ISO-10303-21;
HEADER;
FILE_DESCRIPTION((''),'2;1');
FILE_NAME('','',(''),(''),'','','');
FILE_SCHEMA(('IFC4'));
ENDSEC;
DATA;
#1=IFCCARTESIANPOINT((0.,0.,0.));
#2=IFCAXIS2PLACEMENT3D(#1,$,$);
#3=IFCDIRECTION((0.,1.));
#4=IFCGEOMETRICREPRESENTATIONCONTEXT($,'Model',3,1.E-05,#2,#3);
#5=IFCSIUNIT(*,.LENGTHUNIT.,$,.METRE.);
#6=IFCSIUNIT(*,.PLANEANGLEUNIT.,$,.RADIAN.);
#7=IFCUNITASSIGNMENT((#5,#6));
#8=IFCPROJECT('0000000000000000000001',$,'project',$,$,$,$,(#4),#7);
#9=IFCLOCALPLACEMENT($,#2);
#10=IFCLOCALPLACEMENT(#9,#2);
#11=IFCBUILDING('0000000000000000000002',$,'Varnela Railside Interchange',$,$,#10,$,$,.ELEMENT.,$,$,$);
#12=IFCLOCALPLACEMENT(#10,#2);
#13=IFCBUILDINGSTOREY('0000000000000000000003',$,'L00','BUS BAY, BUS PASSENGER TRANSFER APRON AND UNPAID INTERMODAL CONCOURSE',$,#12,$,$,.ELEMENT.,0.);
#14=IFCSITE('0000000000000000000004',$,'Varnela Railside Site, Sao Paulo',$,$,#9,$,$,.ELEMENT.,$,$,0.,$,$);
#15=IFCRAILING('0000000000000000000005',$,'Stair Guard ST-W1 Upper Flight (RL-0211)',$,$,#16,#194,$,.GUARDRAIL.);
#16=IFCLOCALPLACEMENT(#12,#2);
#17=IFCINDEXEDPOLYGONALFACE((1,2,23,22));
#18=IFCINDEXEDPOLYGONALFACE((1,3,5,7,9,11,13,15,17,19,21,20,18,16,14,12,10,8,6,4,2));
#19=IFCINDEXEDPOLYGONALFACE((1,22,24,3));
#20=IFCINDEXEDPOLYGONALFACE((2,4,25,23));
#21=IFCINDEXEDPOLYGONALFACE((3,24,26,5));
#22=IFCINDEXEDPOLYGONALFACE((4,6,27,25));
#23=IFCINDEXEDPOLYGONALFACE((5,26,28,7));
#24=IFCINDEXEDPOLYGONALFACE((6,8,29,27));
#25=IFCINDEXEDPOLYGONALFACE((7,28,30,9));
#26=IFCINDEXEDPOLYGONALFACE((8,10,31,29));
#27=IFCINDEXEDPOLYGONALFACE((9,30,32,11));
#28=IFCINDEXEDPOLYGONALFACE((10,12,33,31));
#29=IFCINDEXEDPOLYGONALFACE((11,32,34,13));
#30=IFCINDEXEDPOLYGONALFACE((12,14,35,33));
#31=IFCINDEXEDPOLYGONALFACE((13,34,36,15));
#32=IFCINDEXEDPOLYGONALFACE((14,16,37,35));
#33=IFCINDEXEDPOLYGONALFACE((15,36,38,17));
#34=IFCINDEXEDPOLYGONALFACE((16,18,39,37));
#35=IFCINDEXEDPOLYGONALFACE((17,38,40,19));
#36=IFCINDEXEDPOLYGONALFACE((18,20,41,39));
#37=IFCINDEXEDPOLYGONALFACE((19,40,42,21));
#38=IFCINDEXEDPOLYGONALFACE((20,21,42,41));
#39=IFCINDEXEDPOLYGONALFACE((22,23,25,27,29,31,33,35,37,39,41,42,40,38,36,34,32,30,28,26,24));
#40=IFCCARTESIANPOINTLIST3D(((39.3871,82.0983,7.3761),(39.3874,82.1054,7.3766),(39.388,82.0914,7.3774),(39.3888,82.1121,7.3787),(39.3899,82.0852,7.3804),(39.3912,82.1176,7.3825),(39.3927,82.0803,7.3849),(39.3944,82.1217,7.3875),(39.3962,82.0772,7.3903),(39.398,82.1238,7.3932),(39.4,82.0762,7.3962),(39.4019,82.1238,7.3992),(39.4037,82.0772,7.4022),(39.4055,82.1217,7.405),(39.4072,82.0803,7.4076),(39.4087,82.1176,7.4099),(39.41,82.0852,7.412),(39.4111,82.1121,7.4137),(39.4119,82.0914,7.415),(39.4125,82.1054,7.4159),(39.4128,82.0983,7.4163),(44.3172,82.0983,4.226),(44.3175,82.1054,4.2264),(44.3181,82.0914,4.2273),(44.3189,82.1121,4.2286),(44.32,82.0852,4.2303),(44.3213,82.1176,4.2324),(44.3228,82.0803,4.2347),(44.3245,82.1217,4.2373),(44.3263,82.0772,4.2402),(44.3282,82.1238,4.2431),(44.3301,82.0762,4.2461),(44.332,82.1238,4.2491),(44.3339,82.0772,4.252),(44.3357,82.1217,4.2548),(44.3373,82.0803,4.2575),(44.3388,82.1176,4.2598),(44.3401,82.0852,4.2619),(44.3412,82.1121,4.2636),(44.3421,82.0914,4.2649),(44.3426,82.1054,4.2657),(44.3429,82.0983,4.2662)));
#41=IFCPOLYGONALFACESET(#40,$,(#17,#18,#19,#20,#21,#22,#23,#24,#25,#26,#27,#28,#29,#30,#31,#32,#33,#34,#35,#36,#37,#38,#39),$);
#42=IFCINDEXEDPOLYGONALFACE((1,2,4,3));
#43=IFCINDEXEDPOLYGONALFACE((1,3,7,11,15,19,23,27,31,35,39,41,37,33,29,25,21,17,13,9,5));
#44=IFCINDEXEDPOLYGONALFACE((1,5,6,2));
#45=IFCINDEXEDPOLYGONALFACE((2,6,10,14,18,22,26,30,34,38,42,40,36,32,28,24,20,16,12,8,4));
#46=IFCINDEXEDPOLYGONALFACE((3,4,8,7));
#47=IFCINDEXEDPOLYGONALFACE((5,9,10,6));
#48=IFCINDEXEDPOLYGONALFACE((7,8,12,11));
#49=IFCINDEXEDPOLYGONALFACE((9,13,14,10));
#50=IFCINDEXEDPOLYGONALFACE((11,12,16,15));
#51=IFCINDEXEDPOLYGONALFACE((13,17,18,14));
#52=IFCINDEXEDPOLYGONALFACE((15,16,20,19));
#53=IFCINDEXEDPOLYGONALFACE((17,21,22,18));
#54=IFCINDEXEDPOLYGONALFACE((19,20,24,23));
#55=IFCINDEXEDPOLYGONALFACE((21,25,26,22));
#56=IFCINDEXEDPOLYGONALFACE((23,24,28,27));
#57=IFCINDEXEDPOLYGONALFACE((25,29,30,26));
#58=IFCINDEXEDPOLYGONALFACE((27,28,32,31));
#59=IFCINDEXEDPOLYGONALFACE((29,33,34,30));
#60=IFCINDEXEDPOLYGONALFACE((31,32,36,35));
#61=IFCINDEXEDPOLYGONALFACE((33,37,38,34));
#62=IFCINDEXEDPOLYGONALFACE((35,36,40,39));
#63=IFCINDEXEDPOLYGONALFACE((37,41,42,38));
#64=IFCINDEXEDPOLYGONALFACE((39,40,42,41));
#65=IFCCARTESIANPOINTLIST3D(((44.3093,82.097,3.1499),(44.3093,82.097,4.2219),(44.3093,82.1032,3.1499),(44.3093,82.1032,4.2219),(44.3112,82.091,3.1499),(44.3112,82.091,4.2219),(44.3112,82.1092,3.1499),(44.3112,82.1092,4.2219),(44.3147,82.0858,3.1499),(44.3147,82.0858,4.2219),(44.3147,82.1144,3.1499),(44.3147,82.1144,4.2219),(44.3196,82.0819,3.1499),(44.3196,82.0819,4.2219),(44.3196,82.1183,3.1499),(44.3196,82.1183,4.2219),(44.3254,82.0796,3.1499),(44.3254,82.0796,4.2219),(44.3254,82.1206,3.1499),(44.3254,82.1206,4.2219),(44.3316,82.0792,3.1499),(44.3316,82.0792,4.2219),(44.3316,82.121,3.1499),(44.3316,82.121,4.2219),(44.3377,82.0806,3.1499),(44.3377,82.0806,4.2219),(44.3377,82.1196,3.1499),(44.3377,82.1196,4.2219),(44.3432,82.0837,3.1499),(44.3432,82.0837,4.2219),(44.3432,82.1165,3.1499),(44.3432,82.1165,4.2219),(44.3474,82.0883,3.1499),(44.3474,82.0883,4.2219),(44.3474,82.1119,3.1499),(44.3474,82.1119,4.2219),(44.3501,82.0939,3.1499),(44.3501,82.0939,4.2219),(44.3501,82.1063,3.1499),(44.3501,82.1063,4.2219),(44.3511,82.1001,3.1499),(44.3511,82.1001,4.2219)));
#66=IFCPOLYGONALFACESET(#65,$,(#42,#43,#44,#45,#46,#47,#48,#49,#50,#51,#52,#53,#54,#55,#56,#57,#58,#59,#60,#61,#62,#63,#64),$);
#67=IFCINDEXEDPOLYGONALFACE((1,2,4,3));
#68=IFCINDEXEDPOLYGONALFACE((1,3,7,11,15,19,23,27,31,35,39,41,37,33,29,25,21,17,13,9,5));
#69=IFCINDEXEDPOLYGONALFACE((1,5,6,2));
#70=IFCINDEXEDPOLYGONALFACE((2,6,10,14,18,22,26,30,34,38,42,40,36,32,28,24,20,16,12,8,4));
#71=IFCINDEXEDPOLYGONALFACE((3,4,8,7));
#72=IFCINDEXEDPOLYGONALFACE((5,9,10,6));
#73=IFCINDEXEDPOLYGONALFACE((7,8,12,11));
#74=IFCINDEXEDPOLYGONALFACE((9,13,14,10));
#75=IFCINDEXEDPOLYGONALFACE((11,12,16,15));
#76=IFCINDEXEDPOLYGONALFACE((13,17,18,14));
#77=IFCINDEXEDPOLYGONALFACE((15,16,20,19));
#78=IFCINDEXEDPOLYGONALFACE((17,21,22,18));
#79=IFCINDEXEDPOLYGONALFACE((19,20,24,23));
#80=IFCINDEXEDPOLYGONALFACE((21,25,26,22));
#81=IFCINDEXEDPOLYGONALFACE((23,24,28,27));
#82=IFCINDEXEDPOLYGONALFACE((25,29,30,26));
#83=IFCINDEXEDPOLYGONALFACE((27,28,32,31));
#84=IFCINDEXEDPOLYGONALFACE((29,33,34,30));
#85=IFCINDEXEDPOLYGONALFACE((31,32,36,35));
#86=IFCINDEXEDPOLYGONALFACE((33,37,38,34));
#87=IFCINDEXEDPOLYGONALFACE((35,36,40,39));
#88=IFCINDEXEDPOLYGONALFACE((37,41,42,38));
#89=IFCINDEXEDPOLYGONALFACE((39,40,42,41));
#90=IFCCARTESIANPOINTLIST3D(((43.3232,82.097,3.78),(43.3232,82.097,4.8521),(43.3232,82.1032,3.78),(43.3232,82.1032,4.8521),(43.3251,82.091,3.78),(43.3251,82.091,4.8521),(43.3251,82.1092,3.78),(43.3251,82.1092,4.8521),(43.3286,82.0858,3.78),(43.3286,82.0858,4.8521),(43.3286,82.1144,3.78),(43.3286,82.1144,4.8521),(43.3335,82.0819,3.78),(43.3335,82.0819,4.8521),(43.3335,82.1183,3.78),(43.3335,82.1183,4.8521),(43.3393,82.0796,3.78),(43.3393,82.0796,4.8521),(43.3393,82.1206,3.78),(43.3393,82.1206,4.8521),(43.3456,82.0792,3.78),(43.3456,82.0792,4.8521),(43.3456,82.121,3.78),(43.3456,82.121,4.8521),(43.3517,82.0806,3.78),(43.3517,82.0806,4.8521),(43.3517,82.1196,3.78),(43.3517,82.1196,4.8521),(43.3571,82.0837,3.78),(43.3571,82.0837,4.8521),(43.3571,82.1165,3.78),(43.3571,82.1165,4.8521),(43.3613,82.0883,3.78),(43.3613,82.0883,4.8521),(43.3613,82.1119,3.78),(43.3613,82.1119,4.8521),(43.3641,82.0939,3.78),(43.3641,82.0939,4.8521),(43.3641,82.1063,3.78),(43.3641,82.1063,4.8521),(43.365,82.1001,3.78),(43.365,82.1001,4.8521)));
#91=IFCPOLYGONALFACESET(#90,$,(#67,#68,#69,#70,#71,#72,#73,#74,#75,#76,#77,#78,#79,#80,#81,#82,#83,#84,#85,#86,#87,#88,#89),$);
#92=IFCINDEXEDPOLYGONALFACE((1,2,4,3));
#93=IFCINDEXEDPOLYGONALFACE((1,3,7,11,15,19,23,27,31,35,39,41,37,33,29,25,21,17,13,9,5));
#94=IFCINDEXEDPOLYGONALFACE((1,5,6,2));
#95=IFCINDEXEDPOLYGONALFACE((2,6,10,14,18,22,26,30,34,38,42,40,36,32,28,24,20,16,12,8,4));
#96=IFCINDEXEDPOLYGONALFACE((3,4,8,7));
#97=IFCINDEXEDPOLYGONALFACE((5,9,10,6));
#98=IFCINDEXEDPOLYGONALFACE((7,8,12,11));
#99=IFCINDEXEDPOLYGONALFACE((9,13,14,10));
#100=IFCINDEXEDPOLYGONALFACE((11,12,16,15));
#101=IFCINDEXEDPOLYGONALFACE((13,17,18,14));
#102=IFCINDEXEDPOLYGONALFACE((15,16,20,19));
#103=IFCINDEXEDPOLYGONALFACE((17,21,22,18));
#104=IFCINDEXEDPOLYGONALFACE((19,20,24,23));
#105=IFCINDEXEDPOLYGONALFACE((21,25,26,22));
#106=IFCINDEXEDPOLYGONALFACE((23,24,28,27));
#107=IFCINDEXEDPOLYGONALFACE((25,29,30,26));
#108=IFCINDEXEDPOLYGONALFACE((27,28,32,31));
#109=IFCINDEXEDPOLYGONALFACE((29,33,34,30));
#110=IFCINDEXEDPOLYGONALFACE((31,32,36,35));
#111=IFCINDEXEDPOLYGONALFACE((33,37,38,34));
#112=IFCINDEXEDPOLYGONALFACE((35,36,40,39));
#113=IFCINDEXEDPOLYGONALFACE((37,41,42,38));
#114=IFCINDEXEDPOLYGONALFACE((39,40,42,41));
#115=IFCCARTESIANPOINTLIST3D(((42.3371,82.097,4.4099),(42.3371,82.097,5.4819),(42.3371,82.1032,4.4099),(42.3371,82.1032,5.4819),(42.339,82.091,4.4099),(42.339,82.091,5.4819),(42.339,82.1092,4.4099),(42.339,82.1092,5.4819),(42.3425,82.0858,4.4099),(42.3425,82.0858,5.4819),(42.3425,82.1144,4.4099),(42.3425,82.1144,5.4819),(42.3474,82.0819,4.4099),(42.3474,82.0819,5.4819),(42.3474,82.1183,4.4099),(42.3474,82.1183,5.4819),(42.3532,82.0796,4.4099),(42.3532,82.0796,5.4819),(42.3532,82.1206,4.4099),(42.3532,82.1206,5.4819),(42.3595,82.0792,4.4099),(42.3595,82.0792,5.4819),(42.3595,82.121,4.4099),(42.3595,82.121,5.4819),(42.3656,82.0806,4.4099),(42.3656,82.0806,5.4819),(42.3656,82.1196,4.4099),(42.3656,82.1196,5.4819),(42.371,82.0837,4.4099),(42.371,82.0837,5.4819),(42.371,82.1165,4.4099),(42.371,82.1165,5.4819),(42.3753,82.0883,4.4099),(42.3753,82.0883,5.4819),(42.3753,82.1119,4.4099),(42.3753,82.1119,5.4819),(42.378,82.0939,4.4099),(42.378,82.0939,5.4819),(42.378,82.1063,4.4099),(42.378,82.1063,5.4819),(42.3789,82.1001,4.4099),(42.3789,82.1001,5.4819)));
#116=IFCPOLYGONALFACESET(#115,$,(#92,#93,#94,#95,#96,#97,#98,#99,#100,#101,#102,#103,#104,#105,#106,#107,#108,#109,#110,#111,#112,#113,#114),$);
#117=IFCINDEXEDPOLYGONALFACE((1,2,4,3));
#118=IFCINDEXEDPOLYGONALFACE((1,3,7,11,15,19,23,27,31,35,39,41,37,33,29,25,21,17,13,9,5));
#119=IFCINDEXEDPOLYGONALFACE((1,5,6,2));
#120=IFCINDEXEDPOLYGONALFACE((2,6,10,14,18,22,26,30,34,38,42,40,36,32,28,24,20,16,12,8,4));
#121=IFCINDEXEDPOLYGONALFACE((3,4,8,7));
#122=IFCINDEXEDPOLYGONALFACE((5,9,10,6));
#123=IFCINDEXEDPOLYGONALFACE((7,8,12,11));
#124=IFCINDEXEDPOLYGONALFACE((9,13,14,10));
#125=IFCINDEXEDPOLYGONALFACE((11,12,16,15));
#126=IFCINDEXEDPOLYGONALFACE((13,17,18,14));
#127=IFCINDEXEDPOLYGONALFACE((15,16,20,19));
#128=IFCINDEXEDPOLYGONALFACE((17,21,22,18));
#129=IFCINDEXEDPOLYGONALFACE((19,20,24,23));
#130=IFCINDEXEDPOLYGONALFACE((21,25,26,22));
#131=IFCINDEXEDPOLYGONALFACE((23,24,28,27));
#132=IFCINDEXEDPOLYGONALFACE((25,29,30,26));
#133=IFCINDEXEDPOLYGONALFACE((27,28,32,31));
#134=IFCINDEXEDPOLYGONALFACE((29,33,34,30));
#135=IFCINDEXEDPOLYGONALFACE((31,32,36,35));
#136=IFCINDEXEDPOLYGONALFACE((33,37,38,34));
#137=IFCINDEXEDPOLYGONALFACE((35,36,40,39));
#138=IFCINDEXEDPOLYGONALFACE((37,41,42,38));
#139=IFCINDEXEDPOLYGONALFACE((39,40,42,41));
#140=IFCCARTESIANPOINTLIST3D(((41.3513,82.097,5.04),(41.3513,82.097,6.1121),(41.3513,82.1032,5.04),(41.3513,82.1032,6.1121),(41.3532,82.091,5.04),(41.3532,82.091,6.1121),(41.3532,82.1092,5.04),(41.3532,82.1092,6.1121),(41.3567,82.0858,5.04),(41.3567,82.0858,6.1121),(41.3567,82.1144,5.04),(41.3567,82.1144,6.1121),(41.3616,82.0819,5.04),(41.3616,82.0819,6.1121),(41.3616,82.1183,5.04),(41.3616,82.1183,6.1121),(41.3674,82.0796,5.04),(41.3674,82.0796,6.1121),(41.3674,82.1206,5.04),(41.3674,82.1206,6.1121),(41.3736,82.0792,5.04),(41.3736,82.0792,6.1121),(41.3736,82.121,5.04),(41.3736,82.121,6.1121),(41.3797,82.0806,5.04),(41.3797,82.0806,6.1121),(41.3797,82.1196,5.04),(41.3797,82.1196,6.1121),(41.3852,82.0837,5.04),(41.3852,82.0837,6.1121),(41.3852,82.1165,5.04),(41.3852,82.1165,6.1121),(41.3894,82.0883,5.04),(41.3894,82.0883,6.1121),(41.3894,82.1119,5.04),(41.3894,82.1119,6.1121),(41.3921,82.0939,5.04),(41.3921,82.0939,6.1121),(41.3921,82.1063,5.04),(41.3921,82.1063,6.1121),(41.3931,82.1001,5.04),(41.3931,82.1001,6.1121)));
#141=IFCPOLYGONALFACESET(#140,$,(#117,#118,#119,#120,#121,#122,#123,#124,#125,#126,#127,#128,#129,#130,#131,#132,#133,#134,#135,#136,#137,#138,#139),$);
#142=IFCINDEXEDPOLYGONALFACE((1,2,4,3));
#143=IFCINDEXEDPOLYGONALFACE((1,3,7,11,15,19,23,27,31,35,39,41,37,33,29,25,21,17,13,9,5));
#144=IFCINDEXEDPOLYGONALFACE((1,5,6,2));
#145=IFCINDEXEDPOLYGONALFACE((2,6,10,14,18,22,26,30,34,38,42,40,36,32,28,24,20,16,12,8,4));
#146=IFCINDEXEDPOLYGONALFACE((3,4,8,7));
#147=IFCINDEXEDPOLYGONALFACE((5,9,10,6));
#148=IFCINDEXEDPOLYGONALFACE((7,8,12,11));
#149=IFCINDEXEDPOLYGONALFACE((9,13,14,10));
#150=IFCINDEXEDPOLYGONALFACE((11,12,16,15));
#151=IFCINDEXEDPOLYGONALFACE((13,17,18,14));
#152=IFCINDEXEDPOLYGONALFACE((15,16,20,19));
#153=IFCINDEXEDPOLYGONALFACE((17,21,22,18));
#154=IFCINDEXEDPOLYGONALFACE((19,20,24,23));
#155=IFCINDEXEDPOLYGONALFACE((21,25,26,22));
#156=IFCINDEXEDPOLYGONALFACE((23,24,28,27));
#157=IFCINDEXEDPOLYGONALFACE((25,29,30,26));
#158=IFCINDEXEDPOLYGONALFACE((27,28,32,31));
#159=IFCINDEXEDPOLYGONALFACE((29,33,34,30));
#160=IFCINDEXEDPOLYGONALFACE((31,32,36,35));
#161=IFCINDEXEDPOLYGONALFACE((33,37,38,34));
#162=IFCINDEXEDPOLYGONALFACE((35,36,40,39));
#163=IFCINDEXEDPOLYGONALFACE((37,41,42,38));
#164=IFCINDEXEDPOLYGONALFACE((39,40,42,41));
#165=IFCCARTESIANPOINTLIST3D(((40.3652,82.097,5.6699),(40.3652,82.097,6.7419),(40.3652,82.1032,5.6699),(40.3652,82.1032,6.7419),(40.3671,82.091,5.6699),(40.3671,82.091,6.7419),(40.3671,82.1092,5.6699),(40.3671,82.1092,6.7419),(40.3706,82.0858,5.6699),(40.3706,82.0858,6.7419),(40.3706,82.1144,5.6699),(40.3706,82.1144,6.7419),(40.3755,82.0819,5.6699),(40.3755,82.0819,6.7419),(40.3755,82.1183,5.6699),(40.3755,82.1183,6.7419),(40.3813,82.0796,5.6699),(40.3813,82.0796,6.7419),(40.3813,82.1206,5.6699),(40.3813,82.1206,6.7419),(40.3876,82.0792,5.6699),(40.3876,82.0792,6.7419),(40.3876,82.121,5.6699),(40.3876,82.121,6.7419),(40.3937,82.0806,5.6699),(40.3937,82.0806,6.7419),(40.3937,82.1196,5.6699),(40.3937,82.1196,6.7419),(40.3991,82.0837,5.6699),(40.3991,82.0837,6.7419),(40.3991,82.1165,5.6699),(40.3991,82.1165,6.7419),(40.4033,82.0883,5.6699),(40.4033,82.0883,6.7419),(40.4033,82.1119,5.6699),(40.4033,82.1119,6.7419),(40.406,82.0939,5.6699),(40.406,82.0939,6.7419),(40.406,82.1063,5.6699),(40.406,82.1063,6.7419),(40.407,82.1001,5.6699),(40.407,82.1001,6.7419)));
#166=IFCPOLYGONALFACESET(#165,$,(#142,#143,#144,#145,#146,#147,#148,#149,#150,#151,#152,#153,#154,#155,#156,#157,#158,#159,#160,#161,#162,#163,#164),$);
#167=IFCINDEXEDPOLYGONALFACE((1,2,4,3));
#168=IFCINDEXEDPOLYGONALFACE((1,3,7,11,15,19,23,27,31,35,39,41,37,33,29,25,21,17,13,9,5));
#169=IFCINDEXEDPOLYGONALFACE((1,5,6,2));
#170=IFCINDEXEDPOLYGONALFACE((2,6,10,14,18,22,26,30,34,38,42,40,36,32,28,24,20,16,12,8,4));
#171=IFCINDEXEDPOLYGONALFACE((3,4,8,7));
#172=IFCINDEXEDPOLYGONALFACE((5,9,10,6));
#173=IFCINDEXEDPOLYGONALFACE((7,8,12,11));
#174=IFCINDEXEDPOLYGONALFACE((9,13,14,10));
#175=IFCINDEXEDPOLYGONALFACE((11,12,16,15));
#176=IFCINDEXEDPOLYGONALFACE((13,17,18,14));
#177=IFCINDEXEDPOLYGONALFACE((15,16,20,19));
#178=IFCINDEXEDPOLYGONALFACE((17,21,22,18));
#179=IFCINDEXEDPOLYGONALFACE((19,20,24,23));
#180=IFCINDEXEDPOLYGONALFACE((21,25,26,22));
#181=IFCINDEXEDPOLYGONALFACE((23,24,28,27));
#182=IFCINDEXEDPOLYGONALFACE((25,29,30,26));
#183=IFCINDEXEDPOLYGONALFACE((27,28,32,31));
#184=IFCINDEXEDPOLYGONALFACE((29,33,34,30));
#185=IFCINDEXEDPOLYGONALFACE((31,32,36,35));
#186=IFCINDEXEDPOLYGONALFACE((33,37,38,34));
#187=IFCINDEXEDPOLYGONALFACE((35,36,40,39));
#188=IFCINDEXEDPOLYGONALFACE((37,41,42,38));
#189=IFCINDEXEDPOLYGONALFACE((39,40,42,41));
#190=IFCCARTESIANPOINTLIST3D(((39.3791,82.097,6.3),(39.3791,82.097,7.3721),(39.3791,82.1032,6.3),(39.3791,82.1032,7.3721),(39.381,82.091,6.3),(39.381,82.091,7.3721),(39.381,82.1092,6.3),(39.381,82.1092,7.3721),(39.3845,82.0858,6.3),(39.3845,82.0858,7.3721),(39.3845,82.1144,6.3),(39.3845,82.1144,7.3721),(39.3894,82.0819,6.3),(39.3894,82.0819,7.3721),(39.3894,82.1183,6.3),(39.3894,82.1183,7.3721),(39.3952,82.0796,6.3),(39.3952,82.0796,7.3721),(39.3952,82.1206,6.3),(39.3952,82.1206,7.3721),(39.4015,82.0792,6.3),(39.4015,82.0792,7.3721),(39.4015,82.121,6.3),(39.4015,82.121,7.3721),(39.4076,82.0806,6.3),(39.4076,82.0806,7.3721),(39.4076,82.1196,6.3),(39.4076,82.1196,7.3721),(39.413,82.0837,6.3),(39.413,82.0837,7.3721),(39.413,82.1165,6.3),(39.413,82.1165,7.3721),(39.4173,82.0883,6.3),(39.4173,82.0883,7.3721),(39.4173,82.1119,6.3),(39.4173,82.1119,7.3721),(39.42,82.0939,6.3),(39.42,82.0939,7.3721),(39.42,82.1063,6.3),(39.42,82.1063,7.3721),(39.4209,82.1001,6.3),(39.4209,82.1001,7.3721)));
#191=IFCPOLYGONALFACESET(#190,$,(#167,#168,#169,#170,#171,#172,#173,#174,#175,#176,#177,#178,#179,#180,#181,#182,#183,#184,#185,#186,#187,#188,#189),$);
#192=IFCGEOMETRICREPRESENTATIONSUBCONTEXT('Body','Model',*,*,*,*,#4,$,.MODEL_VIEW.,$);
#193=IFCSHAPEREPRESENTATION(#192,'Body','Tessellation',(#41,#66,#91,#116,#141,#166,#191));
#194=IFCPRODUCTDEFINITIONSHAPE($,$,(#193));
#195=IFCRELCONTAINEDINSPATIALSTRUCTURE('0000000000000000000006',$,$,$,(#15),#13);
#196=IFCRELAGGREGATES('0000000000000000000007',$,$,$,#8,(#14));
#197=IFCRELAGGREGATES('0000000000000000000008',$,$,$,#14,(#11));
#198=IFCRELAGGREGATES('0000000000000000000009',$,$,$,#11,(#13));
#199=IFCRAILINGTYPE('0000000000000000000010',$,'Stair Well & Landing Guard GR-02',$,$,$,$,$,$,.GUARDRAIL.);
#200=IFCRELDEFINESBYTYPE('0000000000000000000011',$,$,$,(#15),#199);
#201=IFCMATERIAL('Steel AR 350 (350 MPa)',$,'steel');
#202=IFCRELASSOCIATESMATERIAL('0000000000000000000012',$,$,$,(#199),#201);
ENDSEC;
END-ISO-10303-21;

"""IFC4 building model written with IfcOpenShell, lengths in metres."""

from ifc_helpers import new_model, si_unit, direction, frame, origin, origin_2d, place, context, subcontext, project, spatial, circle, extrude, material, type_object, element, save


model = new_model("IFC4")

# Units and contexts
model_context = context("Model", 3, precision=1e-05, world=origin(), true_north=direction((0.0, 1.0)))
body_context = subcontext(model_context, "Body", "Model", "MODEL_VIEW")
ifc_project = project(units=[si_unit("LENGTHUNIT", "METRE"), si_unit("PLANEANGLEUNIT", "RADIAN")], contexts=[model_context])

# Site, building, storey
site_placement = place(None, origin())
site = spatial("IfcSite", under=ifc_project, at=site_placement, Name="Varnela Railside Site, Sao Paulo", CompositionType="ELEMENT", RefElevation=0.0)
building_placement = place(site_placement, origin())
building = spatial("IfcBuilding", under=site, at=building_placement, Name="Varnela Railside Interchange", CompositionType="ELEMENT")
storey_placement = place(building_placement, origin())
storey = spatial("IfcBuildingStorey", under=building, at=storey_placement, Name="L00", Description="BUS BAY, BUS PASSENGER TRANSFER APRON AND UNPAID INTERMODAL CONCOURSE", CompositionType="ELEMENT", Elevation=0.0)

# Shared definitions
ifc_material_1 = material(Name="Steel AR 350 (350 MPa)", Category="steel")

# Railing
railing_type = type_object("IfcRailingType", Name="Stair Well & Landing Guard GR-02", PredefinedType="GUARDRAIL", material=ifc_material_1)
railing_placement = place(storey_placement, frame((44.3301, 82.1001, 3.1499)))
element("IfcRailing", 1, at=railing_placement, inside=storey, type_object=railing_type, Name="Stair Guard ST-W1 Upper Flight (RL-0211)", PredefinedType="GUARDRAIL", context=body_context, shape_type="SweptSolid", body=[
    extrude(circle(Radius=0.0239, at=origin_2d()), frame((0.0, 0.0, 1.0962), z_axis=(-0.842672, 0.0, 0.538427), x_axis=(0.0, -1.0, 0.0)), (0.0, 0.0, 1.0), 5.8506),
    extrude(circle(Radius=0.021, at=origin_2d()), origin(), (0.0, 0.0, 1.0), 1.072),
    extrude(circle(Radius=0.021, at=origin_2d()), frame((-0.9861, 0.0, 0.6301)), (0.0, 0.0, 1.0), 1.072),
    extrude(circle(Radius=0.021, at=origin_2d()), frame((-1.9722, 0.0, 1.26)), (0.0, 0.0, 1.0), 1.072),
    extrude(circle(Radius=0.021, at=origin_2d()), frame((-2.958, 0.0, 1.8901)), (0.0, 0.0, 1.0), 1.072),
    extrude(circle(Radius=0.021, at=origin_2d()), frame((-3.9441, 0.0, 2.52)), (0.0, 0.0, 1.0), 1.072),
    extrude(circle(Radius=0.021, at=origin_2d()), frame((-4.9302, 0.0, 3.1501)), (0.0, 0.0, 1.0), 1.072),
])

save(model, "model.ifc")
